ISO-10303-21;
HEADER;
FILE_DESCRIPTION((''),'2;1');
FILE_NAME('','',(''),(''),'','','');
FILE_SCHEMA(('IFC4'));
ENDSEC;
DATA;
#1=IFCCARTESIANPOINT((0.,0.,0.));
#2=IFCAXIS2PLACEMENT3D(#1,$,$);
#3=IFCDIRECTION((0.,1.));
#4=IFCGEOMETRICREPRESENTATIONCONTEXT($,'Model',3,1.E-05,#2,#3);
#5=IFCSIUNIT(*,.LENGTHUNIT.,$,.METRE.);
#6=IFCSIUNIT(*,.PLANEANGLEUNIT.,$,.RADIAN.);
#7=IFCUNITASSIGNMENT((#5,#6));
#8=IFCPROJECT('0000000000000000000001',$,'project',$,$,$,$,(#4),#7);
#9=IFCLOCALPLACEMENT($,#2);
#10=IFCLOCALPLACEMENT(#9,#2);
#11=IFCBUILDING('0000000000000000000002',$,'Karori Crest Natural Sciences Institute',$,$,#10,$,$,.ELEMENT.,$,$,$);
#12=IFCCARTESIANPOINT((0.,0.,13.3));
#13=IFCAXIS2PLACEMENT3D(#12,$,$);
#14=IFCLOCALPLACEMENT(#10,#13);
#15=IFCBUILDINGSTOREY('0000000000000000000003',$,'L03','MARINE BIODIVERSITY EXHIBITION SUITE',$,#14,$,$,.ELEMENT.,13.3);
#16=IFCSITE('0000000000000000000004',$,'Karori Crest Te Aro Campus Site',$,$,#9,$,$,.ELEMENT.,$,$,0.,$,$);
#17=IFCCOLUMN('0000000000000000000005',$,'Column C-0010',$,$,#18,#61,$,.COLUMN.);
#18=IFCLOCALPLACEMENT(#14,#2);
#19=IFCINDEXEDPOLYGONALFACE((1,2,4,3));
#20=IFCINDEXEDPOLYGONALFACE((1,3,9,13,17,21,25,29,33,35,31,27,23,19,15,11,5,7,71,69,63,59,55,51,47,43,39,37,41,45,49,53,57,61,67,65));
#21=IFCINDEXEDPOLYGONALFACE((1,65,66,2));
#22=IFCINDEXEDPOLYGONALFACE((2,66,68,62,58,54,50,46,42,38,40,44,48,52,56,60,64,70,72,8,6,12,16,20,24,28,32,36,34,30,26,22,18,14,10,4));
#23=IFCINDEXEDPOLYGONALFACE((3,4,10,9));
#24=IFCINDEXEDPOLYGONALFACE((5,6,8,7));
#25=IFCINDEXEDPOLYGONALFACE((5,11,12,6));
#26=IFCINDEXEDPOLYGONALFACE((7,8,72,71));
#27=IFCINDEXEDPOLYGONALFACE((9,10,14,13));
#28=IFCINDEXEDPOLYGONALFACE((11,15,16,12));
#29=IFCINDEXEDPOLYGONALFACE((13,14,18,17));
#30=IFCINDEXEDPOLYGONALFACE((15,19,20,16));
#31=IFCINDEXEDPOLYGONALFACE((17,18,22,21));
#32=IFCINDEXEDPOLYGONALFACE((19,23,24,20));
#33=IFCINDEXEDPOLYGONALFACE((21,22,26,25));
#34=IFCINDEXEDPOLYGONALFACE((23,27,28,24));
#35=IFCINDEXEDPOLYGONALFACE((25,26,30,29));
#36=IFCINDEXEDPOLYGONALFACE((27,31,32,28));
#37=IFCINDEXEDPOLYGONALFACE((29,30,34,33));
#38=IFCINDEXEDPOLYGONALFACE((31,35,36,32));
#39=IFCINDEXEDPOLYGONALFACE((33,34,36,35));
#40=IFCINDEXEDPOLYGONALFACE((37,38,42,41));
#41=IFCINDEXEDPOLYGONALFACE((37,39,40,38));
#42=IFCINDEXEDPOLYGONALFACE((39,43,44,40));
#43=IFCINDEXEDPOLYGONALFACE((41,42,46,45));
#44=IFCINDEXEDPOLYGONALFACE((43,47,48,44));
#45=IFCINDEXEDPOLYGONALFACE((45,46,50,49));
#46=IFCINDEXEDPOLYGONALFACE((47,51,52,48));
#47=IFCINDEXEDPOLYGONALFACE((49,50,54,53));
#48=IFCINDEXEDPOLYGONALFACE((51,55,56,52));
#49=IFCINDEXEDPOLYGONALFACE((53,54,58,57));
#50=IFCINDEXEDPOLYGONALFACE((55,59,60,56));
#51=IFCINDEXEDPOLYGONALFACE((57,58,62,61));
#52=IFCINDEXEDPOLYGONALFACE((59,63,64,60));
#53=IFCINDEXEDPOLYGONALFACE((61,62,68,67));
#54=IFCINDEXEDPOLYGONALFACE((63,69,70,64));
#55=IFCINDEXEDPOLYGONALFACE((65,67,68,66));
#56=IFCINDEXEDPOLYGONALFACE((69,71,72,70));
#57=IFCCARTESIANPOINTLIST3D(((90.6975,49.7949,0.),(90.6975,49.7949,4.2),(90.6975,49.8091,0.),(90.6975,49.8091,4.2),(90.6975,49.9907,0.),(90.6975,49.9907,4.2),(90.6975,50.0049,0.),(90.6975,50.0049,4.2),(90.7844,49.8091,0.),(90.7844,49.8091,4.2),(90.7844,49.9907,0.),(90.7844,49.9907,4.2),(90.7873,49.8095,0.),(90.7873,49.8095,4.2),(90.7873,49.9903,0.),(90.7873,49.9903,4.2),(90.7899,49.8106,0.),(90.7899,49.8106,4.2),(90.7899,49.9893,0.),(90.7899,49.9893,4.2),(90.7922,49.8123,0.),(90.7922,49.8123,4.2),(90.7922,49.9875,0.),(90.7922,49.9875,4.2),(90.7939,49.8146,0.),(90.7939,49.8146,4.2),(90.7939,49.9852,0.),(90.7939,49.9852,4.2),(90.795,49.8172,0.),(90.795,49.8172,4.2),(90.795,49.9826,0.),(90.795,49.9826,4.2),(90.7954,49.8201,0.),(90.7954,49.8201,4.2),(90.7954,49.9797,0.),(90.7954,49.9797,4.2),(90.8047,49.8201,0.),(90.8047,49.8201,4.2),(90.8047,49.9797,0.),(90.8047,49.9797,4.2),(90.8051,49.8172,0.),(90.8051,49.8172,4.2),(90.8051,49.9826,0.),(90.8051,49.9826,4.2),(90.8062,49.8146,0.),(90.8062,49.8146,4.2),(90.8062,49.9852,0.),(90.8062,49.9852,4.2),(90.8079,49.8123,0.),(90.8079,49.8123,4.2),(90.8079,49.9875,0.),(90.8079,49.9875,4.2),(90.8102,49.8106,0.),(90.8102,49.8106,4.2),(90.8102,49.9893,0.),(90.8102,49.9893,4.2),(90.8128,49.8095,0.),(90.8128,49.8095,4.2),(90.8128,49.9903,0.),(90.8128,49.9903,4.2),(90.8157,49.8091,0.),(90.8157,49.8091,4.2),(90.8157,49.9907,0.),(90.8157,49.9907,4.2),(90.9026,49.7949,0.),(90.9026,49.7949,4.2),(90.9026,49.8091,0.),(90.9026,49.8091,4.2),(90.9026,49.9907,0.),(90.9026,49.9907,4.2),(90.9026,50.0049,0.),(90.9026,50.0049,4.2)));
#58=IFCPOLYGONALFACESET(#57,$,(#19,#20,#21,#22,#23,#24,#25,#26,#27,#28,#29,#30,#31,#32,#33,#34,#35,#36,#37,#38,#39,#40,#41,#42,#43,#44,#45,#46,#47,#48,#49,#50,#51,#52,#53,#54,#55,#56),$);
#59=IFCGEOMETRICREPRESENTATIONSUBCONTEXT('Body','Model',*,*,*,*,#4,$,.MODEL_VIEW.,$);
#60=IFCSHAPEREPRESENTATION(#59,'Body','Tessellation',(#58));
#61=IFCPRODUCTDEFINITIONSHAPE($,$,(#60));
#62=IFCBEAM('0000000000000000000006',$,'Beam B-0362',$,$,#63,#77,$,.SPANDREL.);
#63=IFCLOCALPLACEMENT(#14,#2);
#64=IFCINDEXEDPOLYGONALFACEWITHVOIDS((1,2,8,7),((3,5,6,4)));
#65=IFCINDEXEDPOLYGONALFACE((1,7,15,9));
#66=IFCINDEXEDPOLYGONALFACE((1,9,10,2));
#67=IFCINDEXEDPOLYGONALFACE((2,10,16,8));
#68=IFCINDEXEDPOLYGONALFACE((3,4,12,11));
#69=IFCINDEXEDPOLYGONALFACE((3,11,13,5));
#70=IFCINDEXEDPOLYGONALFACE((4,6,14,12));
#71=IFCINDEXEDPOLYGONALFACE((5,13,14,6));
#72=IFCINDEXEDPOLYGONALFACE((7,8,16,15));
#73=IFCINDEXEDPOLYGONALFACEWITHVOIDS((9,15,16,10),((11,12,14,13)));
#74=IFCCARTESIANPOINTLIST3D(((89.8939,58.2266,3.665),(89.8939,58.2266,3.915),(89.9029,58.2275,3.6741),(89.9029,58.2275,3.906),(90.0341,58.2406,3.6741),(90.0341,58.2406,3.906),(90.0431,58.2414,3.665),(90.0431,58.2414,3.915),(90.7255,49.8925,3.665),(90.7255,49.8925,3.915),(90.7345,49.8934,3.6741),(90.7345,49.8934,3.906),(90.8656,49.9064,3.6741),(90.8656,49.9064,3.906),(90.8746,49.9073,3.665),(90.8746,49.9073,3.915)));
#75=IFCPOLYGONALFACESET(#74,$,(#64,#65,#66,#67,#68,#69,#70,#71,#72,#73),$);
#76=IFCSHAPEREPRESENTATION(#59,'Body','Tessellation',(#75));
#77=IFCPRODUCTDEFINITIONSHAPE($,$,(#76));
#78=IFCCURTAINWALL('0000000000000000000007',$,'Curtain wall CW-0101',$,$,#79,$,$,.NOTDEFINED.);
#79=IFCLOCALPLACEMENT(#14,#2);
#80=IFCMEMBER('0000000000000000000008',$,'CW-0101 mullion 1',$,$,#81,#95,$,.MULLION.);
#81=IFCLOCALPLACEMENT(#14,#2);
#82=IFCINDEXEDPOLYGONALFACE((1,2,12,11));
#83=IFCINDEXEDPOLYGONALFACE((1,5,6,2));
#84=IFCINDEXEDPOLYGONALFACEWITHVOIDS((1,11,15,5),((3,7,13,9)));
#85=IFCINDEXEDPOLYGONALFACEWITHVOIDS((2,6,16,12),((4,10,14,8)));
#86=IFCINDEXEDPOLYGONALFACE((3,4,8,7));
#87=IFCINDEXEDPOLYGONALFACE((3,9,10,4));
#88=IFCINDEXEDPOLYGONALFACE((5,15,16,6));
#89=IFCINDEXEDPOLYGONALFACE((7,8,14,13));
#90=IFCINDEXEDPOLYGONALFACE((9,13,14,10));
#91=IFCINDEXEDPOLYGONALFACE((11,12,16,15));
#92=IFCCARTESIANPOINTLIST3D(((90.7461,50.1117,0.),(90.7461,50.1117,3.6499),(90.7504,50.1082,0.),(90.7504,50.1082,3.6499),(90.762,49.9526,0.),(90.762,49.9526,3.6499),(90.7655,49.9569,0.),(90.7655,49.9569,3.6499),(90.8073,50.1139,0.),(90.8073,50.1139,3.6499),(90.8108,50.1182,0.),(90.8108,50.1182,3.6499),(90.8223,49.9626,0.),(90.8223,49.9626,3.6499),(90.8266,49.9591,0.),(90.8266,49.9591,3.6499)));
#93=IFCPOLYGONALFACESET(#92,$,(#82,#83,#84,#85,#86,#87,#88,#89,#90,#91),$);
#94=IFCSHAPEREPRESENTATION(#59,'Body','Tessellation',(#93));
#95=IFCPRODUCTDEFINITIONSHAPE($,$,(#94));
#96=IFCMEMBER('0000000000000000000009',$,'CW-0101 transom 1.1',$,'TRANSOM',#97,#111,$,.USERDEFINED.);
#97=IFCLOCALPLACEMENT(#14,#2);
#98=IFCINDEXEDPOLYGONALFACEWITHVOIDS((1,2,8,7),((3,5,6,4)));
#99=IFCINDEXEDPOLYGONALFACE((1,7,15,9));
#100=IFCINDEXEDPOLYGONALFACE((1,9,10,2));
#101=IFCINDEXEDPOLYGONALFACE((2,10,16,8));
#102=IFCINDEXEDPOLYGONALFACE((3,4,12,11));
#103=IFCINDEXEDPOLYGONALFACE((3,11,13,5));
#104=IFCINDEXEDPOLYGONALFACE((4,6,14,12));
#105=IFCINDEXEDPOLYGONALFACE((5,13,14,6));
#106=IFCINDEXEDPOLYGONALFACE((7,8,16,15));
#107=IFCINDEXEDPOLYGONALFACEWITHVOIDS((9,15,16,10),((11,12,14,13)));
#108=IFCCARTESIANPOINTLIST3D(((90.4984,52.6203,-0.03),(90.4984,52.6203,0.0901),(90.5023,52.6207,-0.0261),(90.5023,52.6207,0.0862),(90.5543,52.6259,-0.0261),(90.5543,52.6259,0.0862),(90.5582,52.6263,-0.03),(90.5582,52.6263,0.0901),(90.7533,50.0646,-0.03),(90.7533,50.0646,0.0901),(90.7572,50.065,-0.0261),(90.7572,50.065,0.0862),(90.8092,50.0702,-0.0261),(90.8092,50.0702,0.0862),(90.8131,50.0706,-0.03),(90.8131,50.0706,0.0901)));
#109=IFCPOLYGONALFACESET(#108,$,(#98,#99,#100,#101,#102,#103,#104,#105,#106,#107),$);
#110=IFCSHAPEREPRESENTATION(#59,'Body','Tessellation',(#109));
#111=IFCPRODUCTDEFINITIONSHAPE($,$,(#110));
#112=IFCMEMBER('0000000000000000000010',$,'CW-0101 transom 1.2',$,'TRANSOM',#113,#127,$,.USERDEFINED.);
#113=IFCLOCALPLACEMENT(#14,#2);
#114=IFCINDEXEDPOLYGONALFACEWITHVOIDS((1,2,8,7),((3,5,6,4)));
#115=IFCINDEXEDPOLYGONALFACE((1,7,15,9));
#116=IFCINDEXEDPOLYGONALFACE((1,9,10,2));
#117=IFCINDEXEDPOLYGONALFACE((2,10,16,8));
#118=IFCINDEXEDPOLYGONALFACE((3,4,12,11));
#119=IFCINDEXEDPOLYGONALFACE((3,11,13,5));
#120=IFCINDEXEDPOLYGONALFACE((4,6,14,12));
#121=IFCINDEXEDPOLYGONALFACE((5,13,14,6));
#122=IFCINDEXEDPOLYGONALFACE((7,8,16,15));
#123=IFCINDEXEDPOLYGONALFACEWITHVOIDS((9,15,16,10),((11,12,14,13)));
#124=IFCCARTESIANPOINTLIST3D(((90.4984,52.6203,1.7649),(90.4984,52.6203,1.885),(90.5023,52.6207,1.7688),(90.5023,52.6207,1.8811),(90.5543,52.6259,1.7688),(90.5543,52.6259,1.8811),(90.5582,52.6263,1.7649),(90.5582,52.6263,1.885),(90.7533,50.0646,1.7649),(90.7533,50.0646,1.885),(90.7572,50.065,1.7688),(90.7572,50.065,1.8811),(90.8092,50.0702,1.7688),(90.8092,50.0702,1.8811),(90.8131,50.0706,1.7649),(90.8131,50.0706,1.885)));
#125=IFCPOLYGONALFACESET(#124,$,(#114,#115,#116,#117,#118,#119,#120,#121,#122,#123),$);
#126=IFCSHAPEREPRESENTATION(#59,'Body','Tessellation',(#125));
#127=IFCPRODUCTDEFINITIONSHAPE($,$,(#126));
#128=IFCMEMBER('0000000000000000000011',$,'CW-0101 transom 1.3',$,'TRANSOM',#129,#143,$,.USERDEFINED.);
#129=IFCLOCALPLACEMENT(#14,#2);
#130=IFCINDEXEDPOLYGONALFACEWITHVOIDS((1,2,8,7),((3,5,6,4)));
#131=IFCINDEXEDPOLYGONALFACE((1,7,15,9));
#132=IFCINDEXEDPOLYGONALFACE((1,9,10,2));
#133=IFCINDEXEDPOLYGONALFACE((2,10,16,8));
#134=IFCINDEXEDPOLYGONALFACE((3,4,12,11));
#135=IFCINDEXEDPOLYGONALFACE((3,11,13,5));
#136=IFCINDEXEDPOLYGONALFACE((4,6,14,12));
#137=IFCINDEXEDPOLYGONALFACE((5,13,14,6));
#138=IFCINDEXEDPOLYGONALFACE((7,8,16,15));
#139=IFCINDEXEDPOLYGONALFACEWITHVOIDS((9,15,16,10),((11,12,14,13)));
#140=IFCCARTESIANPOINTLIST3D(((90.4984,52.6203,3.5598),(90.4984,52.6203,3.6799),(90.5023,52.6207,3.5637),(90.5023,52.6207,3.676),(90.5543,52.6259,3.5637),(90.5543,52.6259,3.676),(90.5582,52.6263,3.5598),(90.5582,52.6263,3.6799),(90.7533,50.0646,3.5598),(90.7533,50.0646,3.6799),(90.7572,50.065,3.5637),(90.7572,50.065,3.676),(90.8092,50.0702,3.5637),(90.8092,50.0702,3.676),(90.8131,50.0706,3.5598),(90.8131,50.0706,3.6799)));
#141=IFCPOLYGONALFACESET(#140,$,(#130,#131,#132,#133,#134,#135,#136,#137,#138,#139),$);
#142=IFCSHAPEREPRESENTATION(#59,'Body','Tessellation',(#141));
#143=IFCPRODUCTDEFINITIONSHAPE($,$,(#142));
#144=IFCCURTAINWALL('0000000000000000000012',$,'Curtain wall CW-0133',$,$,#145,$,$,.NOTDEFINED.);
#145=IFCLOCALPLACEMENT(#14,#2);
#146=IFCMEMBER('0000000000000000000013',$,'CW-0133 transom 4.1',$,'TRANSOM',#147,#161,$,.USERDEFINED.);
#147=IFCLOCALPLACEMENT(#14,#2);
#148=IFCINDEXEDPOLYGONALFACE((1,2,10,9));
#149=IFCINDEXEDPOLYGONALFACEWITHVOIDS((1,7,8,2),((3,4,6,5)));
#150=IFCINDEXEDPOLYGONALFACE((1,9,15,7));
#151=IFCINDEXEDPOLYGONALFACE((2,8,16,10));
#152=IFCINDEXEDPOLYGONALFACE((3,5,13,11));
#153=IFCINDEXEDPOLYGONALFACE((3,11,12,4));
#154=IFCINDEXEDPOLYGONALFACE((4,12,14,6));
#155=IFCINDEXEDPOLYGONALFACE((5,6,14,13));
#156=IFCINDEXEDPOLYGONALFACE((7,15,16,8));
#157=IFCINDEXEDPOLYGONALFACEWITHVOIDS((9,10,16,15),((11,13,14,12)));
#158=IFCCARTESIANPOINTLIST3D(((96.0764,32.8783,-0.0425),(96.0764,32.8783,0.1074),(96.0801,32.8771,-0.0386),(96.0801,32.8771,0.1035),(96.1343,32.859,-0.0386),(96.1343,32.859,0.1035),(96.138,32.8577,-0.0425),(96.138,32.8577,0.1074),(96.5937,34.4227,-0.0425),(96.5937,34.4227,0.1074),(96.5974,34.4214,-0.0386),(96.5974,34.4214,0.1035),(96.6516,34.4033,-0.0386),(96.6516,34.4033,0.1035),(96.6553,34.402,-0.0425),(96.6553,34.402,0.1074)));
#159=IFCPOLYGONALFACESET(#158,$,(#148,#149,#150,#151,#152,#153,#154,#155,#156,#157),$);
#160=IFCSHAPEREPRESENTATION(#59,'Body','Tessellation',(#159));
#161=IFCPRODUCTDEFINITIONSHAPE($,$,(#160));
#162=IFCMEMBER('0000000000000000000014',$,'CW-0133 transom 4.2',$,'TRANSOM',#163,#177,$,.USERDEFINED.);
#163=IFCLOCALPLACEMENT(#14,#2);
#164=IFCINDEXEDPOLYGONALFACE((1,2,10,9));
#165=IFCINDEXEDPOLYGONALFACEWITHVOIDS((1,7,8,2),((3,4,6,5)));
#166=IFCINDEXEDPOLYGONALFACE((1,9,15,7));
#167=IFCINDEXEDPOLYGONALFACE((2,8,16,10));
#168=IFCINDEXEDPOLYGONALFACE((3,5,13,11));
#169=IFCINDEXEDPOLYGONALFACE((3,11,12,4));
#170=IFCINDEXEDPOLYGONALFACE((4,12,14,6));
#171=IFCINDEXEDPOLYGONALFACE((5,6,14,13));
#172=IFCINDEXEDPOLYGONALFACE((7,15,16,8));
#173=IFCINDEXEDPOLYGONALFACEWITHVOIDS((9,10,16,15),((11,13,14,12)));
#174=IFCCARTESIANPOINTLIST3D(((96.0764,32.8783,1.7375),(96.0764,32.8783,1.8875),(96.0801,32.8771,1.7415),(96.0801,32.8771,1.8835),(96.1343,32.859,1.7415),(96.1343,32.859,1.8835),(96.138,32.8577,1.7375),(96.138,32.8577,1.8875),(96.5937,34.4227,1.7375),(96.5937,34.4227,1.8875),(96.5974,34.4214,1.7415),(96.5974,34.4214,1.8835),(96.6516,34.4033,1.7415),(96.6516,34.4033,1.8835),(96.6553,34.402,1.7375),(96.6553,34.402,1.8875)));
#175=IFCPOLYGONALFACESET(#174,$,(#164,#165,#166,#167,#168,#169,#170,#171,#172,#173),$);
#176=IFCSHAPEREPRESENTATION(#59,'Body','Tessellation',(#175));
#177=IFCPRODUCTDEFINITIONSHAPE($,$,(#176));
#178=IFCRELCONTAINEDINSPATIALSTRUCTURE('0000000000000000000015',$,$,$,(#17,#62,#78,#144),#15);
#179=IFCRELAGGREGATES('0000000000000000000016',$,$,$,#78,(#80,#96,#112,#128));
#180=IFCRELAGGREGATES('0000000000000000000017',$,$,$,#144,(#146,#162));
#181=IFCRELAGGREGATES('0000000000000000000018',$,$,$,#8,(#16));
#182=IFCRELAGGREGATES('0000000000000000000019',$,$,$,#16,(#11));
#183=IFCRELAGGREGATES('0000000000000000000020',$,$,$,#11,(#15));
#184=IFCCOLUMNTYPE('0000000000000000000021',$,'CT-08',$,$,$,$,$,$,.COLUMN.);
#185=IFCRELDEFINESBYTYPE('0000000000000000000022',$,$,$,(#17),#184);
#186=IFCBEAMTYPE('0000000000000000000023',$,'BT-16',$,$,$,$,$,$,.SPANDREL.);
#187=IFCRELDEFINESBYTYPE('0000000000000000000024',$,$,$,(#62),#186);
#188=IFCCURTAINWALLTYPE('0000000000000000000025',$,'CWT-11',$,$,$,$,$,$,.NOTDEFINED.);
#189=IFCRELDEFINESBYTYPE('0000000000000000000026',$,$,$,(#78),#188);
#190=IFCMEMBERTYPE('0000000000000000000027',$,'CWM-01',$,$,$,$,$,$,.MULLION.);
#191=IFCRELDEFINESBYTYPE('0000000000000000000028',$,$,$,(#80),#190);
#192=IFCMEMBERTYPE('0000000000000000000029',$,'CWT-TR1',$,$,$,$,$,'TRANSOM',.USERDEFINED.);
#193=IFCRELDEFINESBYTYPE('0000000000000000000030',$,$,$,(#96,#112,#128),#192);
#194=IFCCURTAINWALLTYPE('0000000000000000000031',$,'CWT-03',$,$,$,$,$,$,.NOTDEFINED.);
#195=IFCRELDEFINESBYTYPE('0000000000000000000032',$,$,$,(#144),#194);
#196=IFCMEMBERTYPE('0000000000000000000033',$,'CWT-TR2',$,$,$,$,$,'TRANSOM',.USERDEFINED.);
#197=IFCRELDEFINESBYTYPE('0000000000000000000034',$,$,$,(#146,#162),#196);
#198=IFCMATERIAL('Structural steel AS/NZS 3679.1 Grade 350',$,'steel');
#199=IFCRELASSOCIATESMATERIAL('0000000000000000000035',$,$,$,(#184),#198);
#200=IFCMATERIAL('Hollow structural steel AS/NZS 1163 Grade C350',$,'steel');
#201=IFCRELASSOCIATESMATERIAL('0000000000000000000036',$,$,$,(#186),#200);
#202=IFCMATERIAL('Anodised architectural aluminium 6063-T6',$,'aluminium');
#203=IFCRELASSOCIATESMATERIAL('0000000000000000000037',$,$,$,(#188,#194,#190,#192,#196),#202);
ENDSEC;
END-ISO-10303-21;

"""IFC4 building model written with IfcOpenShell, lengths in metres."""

from ifc_helpers import new_model, si_unit, direction, frame, origin, origin_2d, place, context, subcontext, project, spatial, hollow_rectangle, i_section, extrude, material, material_profile, profile_set, type_object, element, aggregate, save


model = new_model("IFC4")

# Units and contexts
model_context = context("Model", 3, precision=1e-05, world=origin(), true_north=direction((0.0, 1.0)))
body_context = subcontext(model_context, "Body", "Model", "MODEL_VIEW")
ifc_project = project(units=[si_unit("LENGTHUNIT", "METRE"), si_unit("PLANEANGLEUNIT", "RADIAN")], contexts=[model_context])

# Site, building, storey
site_placement = place(None, origin())
site = spatial("IfcSite", under=ifc_project, at=site_placement, Name="Karori Crest Te Aro Campus Site", CompositionType="ELEMENT", RefElevation=0.0)
building_placement = place(site_placement, origin())
building = spatial("IfcBuilding", under=site, at=building_placement, Name="Karori Crest Natural Sciences Institute", CompositionType="ELEMENT")
storey_placement = place(building_placement, frame((0.0, 0.0, 13.3)))
storey = spatial("IfcBuildingStorey", under=building, at=storey_placement, Name="L03", Description="MARINE BIODIVERSITY EXHIBITION SUITE", CompositionType="ELEMENT", Elevation=13.3)

# Column
ifc_material_1 = material(Name="Structural steel AS/NZS 3679.1 Grade 350", Category="steel")
ifc_material_profile_1 = material_profile(ifc_material_1, i_section(OverallWidth=0.2051, OverallDepth=0.21, WebThickness=0.0093, FlangeThickness=0.0142, FilletRadius=0.011, at=origin_2d()), Name="200UC59.5")
ifc_profile_set_1 = profile_set([ifc_material_profile_1], Name="Structural steel AS/NZS 3679.1 Grade 350")
column_type = type_object("IfcColumnType", Name="CT-08", PredefinedType="COLUMN", material=ifc_profile_set_1)
column_placement = place(storey_placement, frame((90.8, 49.8999, 0.0), z_axis=(0.0, 0.0, 1.0), x_axis=(1.0, 0.0, 0.0)))
element("IfcColumn", 1, at=column_placement, inside=storey, type_object=column_type, Name="Column C-0010", PredefinedType="COLUMN", context=body_context, shape_type="SweptSolid", body=[
    extrude(i_section(OverallWidth=0.2051, OverallDepth=0.21, WebThickness=0.0093, FlangeThickness=0.0142, FilletRadius=0.011, at=origin_2d()), origin(), (0.0, 0.0, 1.0), 4.2),
])

# Beam
ifc_material_2 = material(Name="Hollow structural steel AS/NZS 1163 Grade C350", Category="steel")
ifc_material_profile_2 = material_profile(ifc_material_2, hollow_rectangle(XDim=0.1499, YDim=0.25, WallThickness=0.009, at=origin_2d()), Name="RHS250x150x9")
ifc_profile_set_2 = profile_set([ifc_material_profile_2], Name="Hollow structural steel AS/NZS 1163 Grade C350")
beam_type = type_object("IfcBeamType", Name="BT-16", PredefinedType="SPANDREL", material=ifc_profile_set_2)
beam_placement = place(storey_placement, frame((90.8, 49.8999, 3.79), z_axis=(-0.099284, 0.995059, 0.0), x_axis=(-0.995059, -0.099284, 0.0)))
element("IfcBeam", 2, at=beam_placement, inside=storey, type_object=beam_type, Name="Beam B-0362", PredefinedType="SPANDREL", context=body_context, shape_type="SweptSolid", body=[
    extrude(hollow_rectangle(XDim=0.1499, YDim=0.25, WallThickness=0.009, at=origin_2d()), origin(), (0.0, 0.0, 1.0), 8.3755),
])

# Curtain wall, members
ifc_material_3 = material(Name="Anodised architectural aluminium 6063-T6", Category="aluminium")
curtain_wall_type_1 = type_object("IfcCurtainWallType", Name="CWT-11", PredefinedType="NOTDEFINED", material=ifc_material_3)
curtain_wall_1_placement = place(storey_placement, origin())
curtain_wall_1 = element("IfcCurtainWall", 3, at=curtain_wall_1_placement, inside=storey, type_object=curtain_wall_type_1, Name="Curtain wall CW-0101", PredefinedType="NOTDEFINED")
ifc_material_profile_3 = material_profile(ifc_material_3, hollow_rectangle(XDim=0.0649, YDim=0.1599, WallThickness=0.0039, at=origin_2d()), Name="CWM160x65x4")
ifc_profile_set_3 = profile_set([ifc_material_profile_3], Name="Anodised architectural aluminium 6063-T6")
member_type_1 = type_object("IfcMemberType", Name="CWM-01", PredefinedType="MULLION", material=ifc_profile_set_3)
member_1_placement = place(storey_placement, frame((90.7864, 50.0354, 0.0), z_axis=(0.0, 0.0, 1.0), x_axis=(-0.995061, -0.099268, 0.0)))
member_1 = element("IfcMember", 4, at=member_1_placement, type_object=member_type_1, Name="CW-0101 mullion 1", PredefinedType="MULLION", context=body_context, shape_type="SweptSolid", body=[
    extrude(hollow_rectangle(XDim=0.0649, YDim=0.1599, WallThickness=0.0039, at=origin_2d()), origin(), (0.0, 0.0, 1.0), 3.6499),
])
ifc_material_profile_4 = material_profile(ifc_material_3, hollow_rectangle(XDim=0.0601, YDim=0.1201, WallThickness=0.0039, at=origin_2d()), Name="CWT120x60x4")
ifc_profile_set_4 = profile_set([ifc_material_profile_4], Name="Anodised architectural aluminium 6063-T6")
member_type_2 = type_object("IfcMemberType", Name="CWT-TR1", ElementType="TRANSOM", PredefinedType="USERDEFINED", material=ifc_profile_set_4)
member_2_placement = place(storey_placement, frame((90.7832, 50.0676, 0.03), z_axis=(-0.09924, 0.995064, 0.0), x_axis=(-0.995064, -0.09924, 0.0)))
member_2 = element("IfcMember", 5, at=member_2_placement, type_object=member_type_2, Name="CW-0101 transom 1.1", ObjectType="TRANSOM", PredefinedType="USERDEFINED", context=body_context, shape_type="SweptSolid", body=[
    extrude(hollow_rectangle(XDim=0.0601, YDim=0.1201, WallThickness=0.0039, at=origin_2d()), origin(), (0.0, 0.0, 1.0), 2.5684),
])
member_3_placement = place(storey_placement, frame((90.7832, 50.0676, 1.825), z_axis=(-0.09924, 0.995064, 0.0), x_axis=(-0.995064, -0.09924, 0.0)))
member_3 = element("IfcMember", 6, at=member_3_placement, type_object=member_type_2, Name="CW-0101 transom 1.2", ObjectType="TRANSOM", PredefinedType="USERDEFINED", context=body_context, shape_type="SweptSolid", body=[
    extrude(hollow_rectangle(XDim=0.0601, YDim=0.1201, WallThickness=0.0039, at=origin_2d()), origin(), (0.0, 0.0, 1.0), 2.5684),
])
member_4_placement = place(storey_placement, frame((90.7832, 50.0676, 3.6199), z_axis=(-0.09924, 0.995064, 0.0), x_axis=(-0.995064, -0.09924, 0.0)))
member_4 = element("IfcMember", 7, at=member_4_placement, type_object=member_type_2, Name="CW-0101 transom 1.3", ObjectType="TRANSOM", PredefinedType="USERDEFINED", context=body_context, shape_type="SweptSolid", body=[
    extrude(hollow_rectangle(XDim=0.0601, YDim=0.1201, WallThickness=0.0039, at=origin_2d()), origin(), (0.0, 0.0, 1.0), 2.5684),
])
aggregate(curtain_wall_1, [member_1, member_2, member_3, member_4])

# Curtain wall, members
curtain_wall_type_2 = type_object("IfcCurtainWallType", Name="CWT-03", PredefinedType="NOTDEFINED", material=ifc_material_3)
curtain_wall_2_placement = place(storey_placement, origin())
curtain_wall_2 = element("IfcCurtainWall", 8, at=curtain_wall_2_placement, inside=storey, type_object=curtain_wall_type_2, Name="Curtain wall CW-0133", PredefinedType="NOTDEFINED")
ifc_material_profile_5 = material_profile(ifc_material_3, hollow_rectangle(XDim=0.0649, YDim=0.1499, WallThickness=0.0039, at=origin_2d()), Name="CWT150x65x4")
ifc_profile_set_5 = profile_set([ifc_material_profile_5], Name="Anodised architectural aluminium 6063-T6")
member_type_3 = type_object("IfcMemberType", Name="CWT-TR2", ElementType="TRANSOM", PredefinedType="USERDEFINED", material=ifc_profile_set_5)
member_5_placement = place(storey_placement, frame((96.6245, 34.4124, 0.0325), z_axis=(-0.317621, -0.948218, 0.0), x_axis=(0.948218, -0.317621, 0.0)))
member_5 = element("IfcMember", 9, at=member_5_placement, type_object=member_type_3, Name="CW-0133 transom 4.1", ObjectType="TRANSOM", PredefinedType="USERDEFINED", context=body_context, shape_type="SweptSolid", body=[
    extrude(hollow_rectangle(XDim=0.0649, YDim=0.1499, WallThickness=0.0039, at=origin_2d()), origin(), (0.0, 0.0, 1.0), 1.6287),
])
member_6_placement = place(storey_placement, frame((96.6245, 34.4124, 1.8125), z_axis=(-0.317621, -0.948218, 0.0), x_axis=(0.948218, -0.317621, 0.0)))
member_6 = element("IfcMember", 10, at=member_6_placement, type_object=member_type_3, Name="CW-0133 transom 4.2", ObjectType="TRANSOM", PredefinedType="USERDEFINED", context=body_context, shape_type="SweptSolid", body=[
    extrude(hollow_rectangle(XDim=0.0649, YDim=0.1499, WallThickness=0.0039, at=origin_2d()), origin(), (0.0, 0.0, 1.0), 1.6287),
])
aggregate(curtain_wall_2, [member_5, member_6])

save(model, "model.ifc")
